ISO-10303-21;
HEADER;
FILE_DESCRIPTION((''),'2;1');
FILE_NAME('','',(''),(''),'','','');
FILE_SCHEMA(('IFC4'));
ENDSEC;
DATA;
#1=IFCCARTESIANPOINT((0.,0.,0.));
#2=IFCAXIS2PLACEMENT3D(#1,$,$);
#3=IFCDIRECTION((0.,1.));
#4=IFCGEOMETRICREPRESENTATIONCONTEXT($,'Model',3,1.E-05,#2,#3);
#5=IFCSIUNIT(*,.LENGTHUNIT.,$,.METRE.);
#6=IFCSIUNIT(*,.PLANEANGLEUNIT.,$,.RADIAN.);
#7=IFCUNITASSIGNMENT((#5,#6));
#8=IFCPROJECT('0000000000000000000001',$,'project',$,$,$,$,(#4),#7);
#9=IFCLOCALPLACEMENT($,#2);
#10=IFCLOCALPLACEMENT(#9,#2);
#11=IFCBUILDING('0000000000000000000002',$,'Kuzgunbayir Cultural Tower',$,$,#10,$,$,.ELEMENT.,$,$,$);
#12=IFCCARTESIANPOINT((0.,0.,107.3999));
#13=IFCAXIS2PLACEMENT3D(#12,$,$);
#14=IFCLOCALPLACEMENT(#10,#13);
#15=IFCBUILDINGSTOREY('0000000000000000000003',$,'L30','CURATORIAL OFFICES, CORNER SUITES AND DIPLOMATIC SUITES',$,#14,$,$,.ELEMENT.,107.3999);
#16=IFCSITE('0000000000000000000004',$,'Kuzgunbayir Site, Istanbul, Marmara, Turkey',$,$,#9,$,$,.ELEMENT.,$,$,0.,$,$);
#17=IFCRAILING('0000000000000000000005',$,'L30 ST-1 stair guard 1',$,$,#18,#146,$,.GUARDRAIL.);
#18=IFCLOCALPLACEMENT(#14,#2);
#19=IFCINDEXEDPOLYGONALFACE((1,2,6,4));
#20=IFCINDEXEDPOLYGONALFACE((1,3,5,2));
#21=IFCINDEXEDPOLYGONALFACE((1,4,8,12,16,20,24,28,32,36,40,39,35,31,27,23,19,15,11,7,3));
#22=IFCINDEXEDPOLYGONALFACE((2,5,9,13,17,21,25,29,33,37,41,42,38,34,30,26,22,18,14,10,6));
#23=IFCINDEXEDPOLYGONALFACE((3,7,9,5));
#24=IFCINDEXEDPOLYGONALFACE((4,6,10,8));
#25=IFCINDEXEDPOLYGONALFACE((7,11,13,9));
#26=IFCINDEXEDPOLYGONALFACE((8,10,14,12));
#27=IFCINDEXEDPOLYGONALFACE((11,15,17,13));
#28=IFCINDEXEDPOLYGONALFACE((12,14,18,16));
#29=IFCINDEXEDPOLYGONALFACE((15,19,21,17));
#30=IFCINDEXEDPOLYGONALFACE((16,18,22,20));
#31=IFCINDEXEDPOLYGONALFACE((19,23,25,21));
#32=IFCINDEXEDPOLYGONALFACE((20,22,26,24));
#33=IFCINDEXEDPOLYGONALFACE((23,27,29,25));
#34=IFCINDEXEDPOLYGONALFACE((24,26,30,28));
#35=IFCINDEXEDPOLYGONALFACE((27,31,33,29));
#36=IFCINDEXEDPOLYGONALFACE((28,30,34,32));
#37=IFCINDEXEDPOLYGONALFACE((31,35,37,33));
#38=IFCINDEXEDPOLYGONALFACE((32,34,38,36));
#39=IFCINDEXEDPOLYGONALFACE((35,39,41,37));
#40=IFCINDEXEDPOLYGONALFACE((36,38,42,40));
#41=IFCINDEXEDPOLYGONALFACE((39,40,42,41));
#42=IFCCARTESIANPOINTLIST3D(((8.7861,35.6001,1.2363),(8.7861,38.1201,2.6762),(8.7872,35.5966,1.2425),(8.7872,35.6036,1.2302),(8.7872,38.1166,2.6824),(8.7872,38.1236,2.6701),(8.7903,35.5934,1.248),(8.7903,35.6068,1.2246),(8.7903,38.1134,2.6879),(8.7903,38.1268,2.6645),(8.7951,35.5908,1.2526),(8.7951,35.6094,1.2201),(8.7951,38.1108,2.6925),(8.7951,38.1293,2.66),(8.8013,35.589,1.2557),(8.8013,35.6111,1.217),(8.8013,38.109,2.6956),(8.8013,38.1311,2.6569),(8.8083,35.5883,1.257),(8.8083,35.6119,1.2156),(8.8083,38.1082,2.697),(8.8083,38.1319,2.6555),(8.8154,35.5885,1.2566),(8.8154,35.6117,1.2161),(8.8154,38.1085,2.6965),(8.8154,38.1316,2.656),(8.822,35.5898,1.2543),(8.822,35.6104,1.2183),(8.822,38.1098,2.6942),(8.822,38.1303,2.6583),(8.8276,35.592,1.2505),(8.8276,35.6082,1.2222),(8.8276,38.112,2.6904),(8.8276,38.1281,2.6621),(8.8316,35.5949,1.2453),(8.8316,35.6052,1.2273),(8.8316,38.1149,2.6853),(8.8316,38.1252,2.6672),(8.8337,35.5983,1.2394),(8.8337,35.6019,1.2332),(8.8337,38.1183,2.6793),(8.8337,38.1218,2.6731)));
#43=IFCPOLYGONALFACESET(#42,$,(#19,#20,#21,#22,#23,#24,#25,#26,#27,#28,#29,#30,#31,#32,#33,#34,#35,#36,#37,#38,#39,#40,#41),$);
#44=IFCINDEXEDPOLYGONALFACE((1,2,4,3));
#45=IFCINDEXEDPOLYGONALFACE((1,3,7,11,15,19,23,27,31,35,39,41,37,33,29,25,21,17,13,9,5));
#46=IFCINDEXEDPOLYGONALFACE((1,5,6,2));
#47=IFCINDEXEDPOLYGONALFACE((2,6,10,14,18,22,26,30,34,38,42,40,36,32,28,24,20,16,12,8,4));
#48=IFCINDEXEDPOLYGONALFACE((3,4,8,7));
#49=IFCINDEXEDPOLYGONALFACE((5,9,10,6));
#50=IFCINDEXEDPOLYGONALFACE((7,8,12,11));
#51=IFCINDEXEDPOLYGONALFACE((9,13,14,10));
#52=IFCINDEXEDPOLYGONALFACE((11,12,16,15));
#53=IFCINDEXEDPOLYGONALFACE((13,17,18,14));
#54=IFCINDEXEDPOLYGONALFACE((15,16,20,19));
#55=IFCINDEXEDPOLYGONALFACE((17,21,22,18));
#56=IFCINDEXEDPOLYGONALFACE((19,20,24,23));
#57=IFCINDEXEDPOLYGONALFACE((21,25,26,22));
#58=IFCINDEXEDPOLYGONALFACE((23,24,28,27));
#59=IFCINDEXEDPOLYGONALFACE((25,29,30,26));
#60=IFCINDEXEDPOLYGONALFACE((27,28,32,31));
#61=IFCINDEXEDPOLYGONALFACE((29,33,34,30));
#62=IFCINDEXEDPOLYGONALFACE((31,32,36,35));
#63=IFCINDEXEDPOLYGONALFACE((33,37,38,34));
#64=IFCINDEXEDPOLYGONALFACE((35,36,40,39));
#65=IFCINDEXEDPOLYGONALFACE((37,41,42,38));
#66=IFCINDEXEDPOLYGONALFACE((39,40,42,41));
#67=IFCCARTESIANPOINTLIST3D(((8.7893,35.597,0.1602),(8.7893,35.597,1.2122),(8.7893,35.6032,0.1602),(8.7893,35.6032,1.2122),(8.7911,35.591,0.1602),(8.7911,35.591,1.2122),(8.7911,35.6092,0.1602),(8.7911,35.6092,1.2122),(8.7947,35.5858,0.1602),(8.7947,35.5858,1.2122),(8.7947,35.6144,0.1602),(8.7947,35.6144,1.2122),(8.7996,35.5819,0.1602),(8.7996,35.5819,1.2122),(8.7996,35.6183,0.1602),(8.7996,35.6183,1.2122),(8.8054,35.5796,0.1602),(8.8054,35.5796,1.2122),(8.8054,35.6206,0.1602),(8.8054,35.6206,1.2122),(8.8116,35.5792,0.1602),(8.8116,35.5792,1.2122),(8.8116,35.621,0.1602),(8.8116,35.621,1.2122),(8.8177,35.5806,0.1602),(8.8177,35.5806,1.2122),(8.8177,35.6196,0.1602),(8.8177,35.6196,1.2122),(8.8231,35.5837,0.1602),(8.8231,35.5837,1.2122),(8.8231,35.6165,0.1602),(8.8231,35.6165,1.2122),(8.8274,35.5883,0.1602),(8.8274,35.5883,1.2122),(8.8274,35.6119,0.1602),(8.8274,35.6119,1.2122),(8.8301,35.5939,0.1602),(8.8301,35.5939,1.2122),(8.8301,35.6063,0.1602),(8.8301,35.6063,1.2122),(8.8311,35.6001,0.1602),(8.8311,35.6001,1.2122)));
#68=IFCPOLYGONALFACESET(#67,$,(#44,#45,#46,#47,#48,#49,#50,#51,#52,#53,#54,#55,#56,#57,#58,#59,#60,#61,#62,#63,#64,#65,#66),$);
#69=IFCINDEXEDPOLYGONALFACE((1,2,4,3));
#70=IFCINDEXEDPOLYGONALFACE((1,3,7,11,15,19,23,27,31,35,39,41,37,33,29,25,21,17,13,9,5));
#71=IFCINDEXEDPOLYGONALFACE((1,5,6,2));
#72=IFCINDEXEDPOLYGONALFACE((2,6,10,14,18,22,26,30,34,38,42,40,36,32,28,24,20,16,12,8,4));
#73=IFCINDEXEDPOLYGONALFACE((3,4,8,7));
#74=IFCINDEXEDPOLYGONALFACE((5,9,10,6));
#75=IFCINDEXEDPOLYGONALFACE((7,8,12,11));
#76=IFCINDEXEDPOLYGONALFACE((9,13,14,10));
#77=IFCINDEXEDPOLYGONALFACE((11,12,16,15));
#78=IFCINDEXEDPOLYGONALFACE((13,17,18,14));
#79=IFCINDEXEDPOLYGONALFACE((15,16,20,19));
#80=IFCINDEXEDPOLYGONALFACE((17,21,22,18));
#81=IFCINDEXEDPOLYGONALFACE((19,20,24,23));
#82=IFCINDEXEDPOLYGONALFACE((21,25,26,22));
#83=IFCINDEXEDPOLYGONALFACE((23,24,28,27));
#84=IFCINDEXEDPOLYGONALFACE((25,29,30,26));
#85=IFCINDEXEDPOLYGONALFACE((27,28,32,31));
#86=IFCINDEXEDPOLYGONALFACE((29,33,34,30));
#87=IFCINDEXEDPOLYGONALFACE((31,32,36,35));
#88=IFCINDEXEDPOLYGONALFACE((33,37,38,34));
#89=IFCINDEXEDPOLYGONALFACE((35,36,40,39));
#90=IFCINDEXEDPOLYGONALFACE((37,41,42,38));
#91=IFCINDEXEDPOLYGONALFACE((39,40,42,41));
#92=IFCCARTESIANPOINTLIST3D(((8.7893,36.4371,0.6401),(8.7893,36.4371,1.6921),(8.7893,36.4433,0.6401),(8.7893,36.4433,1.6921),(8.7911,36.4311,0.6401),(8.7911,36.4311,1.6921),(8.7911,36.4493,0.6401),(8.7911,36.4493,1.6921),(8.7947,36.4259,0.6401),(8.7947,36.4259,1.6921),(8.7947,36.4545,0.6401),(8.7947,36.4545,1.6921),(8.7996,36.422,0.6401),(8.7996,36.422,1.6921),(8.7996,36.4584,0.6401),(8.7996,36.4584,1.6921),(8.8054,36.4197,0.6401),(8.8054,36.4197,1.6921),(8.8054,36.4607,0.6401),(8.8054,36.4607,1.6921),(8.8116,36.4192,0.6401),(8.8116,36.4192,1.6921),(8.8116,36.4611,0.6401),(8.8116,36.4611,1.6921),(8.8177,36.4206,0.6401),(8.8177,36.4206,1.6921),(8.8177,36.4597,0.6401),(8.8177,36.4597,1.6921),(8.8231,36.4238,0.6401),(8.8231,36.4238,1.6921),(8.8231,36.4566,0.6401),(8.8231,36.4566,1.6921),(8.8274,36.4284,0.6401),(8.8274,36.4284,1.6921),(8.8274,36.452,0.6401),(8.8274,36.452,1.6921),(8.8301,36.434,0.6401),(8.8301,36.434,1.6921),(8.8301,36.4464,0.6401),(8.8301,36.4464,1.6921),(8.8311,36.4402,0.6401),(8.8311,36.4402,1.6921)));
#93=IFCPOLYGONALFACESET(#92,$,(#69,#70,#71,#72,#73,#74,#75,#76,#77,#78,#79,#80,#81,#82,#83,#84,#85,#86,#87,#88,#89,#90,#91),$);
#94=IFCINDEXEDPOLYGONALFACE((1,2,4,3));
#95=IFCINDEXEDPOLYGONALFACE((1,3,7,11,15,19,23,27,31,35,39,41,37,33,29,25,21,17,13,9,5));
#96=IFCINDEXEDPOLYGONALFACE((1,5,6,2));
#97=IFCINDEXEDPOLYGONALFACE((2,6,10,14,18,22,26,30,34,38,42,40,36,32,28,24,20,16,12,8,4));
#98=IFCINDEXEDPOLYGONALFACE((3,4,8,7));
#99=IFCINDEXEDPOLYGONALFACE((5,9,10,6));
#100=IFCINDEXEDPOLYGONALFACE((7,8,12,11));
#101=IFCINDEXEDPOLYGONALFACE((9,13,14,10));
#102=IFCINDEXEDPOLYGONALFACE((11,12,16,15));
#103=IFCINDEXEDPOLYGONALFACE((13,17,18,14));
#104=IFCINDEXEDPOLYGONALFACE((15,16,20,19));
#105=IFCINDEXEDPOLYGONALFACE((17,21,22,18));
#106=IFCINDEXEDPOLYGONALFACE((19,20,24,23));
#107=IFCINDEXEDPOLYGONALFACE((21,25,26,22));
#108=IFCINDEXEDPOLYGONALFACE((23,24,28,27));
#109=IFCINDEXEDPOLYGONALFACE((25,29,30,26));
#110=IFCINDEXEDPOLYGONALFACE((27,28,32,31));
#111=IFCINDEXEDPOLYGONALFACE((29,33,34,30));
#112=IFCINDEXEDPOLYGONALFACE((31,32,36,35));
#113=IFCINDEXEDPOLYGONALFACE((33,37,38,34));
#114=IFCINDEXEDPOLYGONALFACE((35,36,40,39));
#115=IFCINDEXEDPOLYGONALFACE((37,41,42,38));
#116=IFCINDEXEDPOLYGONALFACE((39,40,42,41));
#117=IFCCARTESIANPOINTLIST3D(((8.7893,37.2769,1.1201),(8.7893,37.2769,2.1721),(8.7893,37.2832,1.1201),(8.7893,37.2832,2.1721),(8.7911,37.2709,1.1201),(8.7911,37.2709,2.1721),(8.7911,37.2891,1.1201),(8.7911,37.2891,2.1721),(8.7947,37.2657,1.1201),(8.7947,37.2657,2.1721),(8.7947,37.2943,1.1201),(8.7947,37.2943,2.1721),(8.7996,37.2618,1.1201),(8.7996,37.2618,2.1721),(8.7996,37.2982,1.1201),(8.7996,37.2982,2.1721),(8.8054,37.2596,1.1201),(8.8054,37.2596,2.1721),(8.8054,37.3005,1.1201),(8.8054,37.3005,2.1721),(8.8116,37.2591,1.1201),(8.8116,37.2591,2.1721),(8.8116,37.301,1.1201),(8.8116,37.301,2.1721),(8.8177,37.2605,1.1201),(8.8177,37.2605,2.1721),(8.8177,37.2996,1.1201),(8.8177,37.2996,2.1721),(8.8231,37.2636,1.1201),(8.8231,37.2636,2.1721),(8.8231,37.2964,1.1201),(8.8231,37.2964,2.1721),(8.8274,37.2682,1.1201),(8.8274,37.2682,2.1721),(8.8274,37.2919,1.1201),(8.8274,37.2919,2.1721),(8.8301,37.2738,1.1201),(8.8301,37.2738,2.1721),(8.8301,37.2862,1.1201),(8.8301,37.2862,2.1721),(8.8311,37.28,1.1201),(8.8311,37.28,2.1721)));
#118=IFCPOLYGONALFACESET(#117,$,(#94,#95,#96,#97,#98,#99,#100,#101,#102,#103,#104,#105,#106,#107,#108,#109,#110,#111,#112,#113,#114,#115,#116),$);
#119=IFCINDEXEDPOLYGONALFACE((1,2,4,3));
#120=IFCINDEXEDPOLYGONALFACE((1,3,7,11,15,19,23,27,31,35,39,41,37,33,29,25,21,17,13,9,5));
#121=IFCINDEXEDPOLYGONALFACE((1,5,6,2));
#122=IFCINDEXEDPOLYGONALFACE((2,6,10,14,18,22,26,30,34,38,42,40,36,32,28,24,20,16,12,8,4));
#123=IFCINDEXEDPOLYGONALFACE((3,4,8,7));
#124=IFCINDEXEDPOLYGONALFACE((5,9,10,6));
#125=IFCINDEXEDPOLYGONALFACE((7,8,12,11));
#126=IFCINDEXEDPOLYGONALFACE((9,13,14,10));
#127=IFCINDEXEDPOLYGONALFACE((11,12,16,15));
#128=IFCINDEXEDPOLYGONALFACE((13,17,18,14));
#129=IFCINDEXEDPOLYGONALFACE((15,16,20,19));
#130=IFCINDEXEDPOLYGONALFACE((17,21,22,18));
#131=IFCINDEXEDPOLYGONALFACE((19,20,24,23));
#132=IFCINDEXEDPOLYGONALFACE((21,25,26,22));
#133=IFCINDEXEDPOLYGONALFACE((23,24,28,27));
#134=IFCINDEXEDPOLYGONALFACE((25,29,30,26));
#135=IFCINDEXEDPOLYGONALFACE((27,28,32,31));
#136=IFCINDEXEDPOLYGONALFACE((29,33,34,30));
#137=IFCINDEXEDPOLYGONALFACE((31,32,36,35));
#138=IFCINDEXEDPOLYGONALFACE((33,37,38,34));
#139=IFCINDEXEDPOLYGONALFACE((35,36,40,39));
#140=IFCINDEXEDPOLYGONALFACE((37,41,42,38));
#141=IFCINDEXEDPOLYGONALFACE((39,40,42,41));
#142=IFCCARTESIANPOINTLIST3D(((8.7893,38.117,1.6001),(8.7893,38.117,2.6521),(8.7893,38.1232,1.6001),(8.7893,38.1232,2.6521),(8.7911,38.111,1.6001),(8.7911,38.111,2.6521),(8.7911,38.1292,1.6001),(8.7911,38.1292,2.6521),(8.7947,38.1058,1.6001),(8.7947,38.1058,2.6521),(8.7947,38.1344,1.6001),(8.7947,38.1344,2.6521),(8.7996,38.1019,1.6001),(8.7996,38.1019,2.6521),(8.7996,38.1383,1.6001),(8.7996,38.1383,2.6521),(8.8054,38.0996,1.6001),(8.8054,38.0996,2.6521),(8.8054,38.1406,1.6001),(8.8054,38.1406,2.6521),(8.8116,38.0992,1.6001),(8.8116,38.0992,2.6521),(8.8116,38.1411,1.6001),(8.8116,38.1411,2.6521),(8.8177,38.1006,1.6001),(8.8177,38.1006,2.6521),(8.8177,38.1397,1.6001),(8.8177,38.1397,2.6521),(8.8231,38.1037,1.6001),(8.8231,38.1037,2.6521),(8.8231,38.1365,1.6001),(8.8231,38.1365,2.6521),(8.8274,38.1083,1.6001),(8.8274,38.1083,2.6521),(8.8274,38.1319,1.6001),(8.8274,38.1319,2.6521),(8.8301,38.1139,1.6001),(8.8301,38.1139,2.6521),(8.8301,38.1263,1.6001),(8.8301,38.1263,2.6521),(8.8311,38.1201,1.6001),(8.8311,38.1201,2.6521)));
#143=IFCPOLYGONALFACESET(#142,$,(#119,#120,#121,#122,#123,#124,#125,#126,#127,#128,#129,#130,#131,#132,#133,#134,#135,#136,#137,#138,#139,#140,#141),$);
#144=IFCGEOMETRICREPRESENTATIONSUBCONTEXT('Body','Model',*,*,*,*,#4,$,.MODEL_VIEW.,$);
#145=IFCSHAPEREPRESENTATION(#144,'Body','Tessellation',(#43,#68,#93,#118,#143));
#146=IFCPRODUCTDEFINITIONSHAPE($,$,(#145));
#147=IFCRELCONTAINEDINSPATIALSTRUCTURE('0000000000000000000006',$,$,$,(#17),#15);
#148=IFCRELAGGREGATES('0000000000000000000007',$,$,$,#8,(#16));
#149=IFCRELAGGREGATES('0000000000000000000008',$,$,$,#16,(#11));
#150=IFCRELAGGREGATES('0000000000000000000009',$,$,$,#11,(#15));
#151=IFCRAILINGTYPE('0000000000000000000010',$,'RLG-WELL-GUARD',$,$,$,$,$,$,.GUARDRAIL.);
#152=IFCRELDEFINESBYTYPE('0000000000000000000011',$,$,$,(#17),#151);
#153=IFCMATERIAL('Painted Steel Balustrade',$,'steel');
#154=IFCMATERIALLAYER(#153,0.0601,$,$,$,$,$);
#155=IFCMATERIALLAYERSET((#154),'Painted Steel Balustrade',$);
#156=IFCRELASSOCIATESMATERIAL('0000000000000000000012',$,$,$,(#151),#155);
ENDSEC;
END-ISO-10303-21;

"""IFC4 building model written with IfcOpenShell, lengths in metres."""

from ifc_helpers import new_model, si_unit, direction, frame, origin, origin_2d, place, context, subcontext, project, spatial, circle, extrude, material, layer, layer_set, type_object, element, save


model = new_model("IFC4")

# Units and contexts
model_context = context("Model", 3, precision=1e-05, world=origin(), true_north=direction((0.0, 1.0)))
body_context = subcontext(model_context, "Body", "Model", "MODEL_VIEW")
ifc_project = project(units=[si_unit("LENGTHUNIT", "METRE"), si_unit("PLANEANGLEUNIT", "RADIAN")], contexts=[model_context])

# Site, building, storey
site_placement = place(None, origin())
site = spatial("IfcSite", under=ifc_project, at=site_placement, Name="Kuzgunbayir Site, Istanbul, Marmara, Turkey", CompositionType="ELEMENT", RefElevation=0.0)
building_placement = place(site_placement, origin())
building = spatial("IfcBuilding", under=site, at=building_placement, Name="Kuzgunbayir Cultural Tower", CompositionType="ELEMENT")
storey_placement = place(building_placement, frame((0.0, 0.0, 107.3999)))
storey = spatial("IfcBuildingStorey", under=building, at=storey_placement, Name="L30", Description="CURATORIAL OFFICES, CORNER SUITES AND DIPLOMATIC SUITES", CompositionType="ELEMENT", Elevation=107.3999)

# Railing
ifc_material_1 = material(Name="Painted Steel Balustrade", Category="steel")
ifc_layer_1 = layer(ifc_material_1, 0.0601)
ifc_layer_set_1 = layer_set([ifc_layer_1], Name="Painted Steel Balustrade")
railing_type_1 = type_object("IfcRailingType", Name="RLG-WELL-GUARD", PredefinedType="GUARDRAIL", material=ifc_layer_set_1)
railing_1_placement = place(storey_placement, frame((8.8101, 35.6001, 0.1602)))
element("IfcRailing", 1, at=railing_1_placement, inside=storey, type_object=railing_type_1, Name="L30 ST-1 stair guard 1", PredefinedType="GUARDRAIL", context=body_context, shape_type="SweptSolid", body=[
    extrude(circle(Radius=0.0239, at=origin_2d()), frame((0.0, 0.0, 1.0762), z_axis=(0.0, 0.868253, 0.496121), x_axis=(-1.0, 0.0, 0.0)), (0.0, 0.0, 1.0), 2.9023),
    extrude(circle(Radius=0.021, at=origin_2d()), origin(), (0.0, 0.0, 1.0), 1.052),
    extrude(circle(Radius=0.021, at=origin_2d()), frame((0.0, 0.8401, 0.48)), (0.0, 0.0, 1.0), 1.052),
    extrude(circle(Radius=0.021, at=origin_2d()), frame((0.0, 1.6799, 0.96)), (0.0, 0.0, 1.0), 1.052),
    extrude(circle(Radius=0.021, at=origin_2d()), frame((0.0, 2.52, 1.4399)), (0.0, 0.0, 1.0), 1.052),
])

save(model, "model.ifc")
